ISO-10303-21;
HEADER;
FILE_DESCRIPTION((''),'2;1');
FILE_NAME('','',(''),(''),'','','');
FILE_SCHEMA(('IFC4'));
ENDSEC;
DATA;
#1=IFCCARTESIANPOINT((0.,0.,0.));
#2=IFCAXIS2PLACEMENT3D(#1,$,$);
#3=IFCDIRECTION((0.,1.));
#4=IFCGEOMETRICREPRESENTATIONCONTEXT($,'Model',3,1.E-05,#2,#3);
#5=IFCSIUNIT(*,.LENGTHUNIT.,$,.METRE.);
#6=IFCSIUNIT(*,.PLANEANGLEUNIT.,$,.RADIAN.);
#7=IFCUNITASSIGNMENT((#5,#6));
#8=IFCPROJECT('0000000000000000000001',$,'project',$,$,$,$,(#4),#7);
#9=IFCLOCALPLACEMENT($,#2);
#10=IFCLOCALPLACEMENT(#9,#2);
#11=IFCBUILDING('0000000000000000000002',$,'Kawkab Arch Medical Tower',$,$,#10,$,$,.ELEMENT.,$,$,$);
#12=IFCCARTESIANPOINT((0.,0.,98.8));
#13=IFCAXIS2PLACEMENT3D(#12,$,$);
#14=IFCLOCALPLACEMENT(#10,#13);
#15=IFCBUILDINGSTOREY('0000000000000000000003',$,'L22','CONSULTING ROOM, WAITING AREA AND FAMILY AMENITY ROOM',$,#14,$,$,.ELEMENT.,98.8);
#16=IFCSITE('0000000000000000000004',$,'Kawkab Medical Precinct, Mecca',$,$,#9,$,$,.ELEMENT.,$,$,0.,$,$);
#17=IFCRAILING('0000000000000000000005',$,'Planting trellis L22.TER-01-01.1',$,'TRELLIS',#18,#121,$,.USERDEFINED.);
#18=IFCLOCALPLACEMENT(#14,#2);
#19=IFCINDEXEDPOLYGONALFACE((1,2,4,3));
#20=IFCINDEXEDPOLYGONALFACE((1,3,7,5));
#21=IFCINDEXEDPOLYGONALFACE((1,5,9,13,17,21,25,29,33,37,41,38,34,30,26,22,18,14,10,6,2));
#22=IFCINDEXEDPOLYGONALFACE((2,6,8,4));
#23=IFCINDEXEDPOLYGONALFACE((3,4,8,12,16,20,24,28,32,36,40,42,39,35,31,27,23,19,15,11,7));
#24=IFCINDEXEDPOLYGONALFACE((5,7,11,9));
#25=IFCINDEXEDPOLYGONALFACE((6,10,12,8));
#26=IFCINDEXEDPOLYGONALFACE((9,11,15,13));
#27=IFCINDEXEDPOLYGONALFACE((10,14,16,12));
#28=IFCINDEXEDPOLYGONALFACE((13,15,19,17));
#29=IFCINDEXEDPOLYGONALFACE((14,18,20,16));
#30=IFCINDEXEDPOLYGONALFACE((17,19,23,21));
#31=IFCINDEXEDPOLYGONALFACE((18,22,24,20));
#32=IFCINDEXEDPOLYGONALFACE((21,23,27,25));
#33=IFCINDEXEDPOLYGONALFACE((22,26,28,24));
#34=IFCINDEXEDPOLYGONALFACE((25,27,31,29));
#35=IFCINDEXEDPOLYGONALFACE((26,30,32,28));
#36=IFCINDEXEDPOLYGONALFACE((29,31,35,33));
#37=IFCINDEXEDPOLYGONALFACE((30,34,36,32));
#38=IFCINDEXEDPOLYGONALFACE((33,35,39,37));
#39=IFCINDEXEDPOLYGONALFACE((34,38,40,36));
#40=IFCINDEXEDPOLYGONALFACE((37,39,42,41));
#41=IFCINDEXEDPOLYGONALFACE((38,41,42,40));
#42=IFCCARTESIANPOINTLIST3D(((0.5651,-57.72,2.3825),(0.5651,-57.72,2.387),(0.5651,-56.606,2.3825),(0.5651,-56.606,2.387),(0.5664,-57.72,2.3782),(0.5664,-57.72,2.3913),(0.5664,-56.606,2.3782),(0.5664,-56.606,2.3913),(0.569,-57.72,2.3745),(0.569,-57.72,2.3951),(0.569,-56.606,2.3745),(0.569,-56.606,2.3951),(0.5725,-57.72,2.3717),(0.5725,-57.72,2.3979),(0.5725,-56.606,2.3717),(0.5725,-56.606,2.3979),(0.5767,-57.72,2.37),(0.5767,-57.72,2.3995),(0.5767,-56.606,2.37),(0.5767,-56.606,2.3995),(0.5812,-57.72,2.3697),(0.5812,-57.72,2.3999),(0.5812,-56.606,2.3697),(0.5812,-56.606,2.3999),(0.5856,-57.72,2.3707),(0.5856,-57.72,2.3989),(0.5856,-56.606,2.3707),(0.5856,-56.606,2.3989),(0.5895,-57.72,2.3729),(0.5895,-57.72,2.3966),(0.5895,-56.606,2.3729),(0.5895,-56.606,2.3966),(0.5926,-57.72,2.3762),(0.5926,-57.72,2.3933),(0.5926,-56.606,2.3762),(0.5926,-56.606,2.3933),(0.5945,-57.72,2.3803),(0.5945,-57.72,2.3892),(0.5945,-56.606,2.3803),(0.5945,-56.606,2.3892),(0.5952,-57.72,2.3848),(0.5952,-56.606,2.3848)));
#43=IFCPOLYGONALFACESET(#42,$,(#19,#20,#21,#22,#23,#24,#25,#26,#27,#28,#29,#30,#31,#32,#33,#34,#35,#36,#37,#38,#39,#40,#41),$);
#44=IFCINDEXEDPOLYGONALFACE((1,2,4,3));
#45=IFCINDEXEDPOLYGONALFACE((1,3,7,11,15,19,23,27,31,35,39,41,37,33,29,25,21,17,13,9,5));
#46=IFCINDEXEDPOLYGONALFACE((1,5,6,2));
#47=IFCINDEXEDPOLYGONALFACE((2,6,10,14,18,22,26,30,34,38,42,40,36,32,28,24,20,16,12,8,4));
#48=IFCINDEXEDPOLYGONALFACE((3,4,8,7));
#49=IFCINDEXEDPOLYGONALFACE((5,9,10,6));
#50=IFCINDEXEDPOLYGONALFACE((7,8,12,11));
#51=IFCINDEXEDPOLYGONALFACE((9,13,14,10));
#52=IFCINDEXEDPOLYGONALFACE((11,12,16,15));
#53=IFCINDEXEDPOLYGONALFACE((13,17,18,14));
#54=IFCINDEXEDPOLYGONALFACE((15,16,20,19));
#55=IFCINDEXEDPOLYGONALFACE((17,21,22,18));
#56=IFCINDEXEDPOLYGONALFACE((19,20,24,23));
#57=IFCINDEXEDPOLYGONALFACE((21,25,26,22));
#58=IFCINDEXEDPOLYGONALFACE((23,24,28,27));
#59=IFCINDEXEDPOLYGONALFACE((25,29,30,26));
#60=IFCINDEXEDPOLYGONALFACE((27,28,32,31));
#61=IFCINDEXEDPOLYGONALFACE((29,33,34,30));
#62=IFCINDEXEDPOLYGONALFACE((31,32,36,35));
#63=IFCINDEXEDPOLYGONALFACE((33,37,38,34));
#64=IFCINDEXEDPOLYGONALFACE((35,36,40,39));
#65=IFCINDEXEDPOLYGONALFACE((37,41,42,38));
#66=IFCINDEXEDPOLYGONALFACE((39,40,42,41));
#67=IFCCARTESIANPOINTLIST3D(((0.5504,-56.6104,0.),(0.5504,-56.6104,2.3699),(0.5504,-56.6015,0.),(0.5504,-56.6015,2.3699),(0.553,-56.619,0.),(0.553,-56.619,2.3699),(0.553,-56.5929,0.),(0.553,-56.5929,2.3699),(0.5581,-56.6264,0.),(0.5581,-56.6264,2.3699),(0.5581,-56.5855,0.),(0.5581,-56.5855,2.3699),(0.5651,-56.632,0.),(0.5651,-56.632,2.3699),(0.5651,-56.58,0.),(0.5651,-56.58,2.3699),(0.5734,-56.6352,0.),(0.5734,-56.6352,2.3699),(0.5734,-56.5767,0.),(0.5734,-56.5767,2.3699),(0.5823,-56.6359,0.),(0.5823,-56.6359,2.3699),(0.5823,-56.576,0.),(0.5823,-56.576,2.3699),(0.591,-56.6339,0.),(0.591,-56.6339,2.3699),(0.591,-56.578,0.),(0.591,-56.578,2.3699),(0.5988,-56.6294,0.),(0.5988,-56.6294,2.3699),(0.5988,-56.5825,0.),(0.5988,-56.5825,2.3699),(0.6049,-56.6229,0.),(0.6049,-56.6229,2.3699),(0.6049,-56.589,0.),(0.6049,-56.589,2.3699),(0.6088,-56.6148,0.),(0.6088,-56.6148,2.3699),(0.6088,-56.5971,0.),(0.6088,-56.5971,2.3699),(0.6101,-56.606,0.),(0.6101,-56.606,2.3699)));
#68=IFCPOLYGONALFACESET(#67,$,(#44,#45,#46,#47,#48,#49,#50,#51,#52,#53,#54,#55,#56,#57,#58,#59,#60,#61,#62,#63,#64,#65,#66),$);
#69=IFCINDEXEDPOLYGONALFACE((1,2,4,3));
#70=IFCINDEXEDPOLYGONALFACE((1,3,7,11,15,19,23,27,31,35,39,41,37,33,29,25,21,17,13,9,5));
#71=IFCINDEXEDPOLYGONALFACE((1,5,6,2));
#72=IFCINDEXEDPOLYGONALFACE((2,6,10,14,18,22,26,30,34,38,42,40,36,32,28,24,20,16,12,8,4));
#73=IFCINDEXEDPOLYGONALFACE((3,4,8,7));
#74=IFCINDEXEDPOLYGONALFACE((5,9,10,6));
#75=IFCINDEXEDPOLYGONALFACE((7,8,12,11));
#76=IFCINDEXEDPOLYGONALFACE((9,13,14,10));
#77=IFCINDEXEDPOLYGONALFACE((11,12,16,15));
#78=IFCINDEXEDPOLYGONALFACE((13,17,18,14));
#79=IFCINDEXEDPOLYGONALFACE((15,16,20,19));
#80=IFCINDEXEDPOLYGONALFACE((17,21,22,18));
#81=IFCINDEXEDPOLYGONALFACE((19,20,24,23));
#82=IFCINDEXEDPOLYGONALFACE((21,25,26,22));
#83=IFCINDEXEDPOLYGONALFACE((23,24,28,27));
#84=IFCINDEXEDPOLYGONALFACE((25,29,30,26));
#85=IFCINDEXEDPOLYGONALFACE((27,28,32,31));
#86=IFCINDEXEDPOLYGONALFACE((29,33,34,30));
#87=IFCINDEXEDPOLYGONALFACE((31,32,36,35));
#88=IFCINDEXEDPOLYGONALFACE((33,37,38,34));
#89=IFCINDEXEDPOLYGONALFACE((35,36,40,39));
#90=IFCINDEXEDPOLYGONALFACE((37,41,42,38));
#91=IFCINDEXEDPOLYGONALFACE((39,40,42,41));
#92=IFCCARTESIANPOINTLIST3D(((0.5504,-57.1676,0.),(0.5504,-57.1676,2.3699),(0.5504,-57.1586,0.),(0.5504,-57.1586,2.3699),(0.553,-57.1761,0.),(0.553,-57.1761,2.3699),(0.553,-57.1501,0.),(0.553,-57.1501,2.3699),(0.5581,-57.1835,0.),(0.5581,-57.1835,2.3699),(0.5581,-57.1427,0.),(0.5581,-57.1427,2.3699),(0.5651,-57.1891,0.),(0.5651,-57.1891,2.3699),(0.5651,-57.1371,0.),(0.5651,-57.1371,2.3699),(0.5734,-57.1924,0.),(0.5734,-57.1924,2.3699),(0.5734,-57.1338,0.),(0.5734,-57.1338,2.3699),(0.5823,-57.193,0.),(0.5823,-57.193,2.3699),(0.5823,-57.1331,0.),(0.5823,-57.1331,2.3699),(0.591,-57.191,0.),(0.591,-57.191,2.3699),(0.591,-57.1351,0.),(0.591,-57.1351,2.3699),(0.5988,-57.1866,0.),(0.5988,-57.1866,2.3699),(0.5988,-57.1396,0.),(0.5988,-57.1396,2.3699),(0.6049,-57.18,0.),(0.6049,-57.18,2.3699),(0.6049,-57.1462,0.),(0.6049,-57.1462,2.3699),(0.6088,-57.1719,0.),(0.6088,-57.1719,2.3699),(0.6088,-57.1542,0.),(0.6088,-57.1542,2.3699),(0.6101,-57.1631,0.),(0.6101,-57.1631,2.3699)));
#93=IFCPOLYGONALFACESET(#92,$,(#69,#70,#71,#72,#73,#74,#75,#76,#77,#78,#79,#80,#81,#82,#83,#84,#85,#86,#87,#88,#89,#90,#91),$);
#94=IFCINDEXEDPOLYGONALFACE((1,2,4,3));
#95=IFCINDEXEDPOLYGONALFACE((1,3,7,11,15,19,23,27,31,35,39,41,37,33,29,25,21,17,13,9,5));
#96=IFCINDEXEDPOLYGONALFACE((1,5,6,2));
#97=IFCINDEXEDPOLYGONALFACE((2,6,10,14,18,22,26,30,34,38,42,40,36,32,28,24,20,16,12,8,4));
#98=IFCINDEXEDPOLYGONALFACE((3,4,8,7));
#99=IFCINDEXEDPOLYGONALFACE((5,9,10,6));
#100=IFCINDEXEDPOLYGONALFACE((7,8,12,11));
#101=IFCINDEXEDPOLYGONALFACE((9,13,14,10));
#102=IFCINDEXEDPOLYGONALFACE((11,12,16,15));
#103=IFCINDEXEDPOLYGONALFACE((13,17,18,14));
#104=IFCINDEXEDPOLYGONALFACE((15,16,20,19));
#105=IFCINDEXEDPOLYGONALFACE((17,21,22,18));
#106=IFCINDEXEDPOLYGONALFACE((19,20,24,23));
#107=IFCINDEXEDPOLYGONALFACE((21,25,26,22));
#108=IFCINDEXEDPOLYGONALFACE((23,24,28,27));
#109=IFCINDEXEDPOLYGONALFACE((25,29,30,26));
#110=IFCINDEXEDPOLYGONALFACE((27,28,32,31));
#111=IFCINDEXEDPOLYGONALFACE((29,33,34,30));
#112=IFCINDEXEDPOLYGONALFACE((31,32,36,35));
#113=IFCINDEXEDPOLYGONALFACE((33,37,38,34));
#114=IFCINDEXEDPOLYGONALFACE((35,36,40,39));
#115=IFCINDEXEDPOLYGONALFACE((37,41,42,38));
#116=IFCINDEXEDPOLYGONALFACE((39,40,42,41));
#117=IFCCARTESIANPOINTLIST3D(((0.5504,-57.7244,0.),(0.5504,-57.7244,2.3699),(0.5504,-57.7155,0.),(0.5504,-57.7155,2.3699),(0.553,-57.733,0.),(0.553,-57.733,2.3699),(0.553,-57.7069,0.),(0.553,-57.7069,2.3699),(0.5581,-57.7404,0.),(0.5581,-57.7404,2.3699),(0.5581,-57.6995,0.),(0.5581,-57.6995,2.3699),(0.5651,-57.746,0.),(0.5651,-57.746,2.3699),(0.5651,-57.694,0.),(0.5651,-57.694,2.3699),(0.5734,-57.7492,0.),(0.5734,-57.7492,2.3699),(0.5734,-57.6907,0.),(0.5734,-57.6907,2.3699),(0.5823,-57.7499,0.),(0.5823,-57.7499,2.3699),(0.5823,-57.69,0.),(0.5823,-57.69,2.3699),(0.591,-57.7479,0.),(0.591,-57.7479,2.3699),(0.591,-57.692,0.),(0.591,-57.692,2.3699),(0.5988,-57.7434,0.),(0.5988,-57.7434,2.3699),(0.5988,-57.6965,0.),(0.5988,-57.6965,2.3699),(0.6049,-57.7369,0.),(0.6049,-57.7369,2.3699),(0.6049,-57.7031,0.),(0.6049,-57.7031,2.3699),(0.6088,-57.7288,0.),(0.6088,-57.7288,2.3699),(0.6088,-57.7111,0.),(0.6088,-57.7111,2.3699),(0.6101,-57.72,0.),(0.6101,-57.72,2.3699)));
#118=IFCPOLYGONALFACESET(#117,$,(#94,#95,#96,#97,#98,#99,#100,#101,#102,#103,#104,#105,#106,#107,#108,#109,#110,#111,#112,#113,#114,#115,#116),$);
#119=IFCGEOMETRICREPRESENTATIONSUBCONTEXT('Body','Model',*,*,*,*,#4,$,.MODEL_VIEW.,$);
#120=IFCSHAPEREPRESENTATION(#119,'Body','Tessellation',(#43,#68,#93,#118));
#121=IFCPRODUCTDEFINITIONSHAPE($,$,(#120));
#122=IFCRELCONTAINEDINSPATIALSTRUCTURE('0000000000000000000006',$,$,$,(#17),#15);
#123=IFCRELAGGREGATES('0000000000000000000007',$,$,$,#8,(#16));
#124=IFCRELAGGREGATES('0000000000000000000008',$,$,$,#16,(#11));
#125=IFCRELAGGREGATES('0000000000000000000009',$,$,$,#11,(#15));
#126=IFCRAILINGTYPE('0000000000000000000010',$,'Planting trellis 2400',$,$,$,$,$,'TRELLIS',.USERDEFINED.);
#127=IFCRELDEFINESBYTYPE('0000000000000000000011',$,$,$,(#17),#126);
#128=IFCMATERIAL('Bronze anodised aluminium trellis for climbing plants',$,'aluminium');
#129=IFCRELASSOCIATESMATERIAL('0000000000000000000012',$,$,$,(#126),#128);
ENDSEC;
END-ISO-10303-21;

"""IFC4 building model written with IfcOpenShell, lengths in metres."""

from ifc_helpers import new_model, si_unit, direction, frame, origin, origin_2d, place, context, subcontext, project, spatial, circle, extrude, material, type_object, element, save


model = new_model("IFC4")

# Units and contexts
model_context = context("Model", 3, precision=1e-05, world=origin(), true_north=direction((0.0, 1.0)))
body_context = subcontext(model_context, "Body", "Model", "MODEL_VIEW")
ifc_project = project(units=[si_unit("LENGTHUNIT", "METRE"), si_unit("PLANEANGLEUNIT", "RADIAN")], contexts=[model_context])

# Site, building, storey
site_placement = place(None, origin())
site = spatial("IfcSite", under=ifc_project, at=site_placement, Name="Kawkab Medical Precinct, Mecca", CompositionType="ELEMENT", RefElevation=0.0)
building_placement = place(site_placement, origin())
building = spatial("IfcBuilding", under=site, at=building_placement, Name="Kawkab Arch Medical Tower", CompositionType="ELEMENT")
storey_placement = place(building_placement, frame((0.0, 0.0, 98.8)))
storey = spatial("IfcBuildingStorey", under=building, at=storey_placement, Name="L22", Description="CONSULTING ROOM, WAITING AREA AND FAMILY AMENITY ROOM", CompositionType="ELEMENT", Elevation=98.8)

# Railing
ifc_material_1 = material(Name="Bronze anodised aluminium trellis for climbing plants", Category="aluminium")
railing_type_1 = type_object("IfcRailingType", Name="Planting trellis 2400", ElementType="TRELLIS", PredefinedType="USERDEFINED", material=ifc_material_1)
railing_1_placement = place(storey_placement, frame((0.5801, -56.606, 0.0)))
element("IfcRailing", 1, at=railing_1_placement, inside=storey, type_object=railing_type_1, Name="Planting trellis L22.TER-01-01.1", ObjectType="TRELLIS", PredefinedType="USERDEFINED", context=body_context, shape_type="SweptSolid", body=[
    extrude(circle(Radius=0.0151, at=origin_2d()), frame((0.0, 0.0, 2.3848), z_axis=(0.0, -1.0, 0.0), x_axis=(1.0, 0.0, 0.0)), (0.0, 0.0, 1.0), 1.114),
    extrude(circle(Radius=0.03, at=origin_2d()), origin(), (0.0, 0.0, 1.0), 2.3699),
    extrude(circle(Radius=0.03, at=origin_2d()), frame((0.0, -0.5571, 0.0)), (0.0, 0.0, 1.0), 2.3699),
    extrude(circle(Radius=0.03, at=origin_2d()), frame((0.0, -1.114, 0.0)), (0.0, 0.0, 1.0), 2.3699),
])

save(model, "model.ifc")
